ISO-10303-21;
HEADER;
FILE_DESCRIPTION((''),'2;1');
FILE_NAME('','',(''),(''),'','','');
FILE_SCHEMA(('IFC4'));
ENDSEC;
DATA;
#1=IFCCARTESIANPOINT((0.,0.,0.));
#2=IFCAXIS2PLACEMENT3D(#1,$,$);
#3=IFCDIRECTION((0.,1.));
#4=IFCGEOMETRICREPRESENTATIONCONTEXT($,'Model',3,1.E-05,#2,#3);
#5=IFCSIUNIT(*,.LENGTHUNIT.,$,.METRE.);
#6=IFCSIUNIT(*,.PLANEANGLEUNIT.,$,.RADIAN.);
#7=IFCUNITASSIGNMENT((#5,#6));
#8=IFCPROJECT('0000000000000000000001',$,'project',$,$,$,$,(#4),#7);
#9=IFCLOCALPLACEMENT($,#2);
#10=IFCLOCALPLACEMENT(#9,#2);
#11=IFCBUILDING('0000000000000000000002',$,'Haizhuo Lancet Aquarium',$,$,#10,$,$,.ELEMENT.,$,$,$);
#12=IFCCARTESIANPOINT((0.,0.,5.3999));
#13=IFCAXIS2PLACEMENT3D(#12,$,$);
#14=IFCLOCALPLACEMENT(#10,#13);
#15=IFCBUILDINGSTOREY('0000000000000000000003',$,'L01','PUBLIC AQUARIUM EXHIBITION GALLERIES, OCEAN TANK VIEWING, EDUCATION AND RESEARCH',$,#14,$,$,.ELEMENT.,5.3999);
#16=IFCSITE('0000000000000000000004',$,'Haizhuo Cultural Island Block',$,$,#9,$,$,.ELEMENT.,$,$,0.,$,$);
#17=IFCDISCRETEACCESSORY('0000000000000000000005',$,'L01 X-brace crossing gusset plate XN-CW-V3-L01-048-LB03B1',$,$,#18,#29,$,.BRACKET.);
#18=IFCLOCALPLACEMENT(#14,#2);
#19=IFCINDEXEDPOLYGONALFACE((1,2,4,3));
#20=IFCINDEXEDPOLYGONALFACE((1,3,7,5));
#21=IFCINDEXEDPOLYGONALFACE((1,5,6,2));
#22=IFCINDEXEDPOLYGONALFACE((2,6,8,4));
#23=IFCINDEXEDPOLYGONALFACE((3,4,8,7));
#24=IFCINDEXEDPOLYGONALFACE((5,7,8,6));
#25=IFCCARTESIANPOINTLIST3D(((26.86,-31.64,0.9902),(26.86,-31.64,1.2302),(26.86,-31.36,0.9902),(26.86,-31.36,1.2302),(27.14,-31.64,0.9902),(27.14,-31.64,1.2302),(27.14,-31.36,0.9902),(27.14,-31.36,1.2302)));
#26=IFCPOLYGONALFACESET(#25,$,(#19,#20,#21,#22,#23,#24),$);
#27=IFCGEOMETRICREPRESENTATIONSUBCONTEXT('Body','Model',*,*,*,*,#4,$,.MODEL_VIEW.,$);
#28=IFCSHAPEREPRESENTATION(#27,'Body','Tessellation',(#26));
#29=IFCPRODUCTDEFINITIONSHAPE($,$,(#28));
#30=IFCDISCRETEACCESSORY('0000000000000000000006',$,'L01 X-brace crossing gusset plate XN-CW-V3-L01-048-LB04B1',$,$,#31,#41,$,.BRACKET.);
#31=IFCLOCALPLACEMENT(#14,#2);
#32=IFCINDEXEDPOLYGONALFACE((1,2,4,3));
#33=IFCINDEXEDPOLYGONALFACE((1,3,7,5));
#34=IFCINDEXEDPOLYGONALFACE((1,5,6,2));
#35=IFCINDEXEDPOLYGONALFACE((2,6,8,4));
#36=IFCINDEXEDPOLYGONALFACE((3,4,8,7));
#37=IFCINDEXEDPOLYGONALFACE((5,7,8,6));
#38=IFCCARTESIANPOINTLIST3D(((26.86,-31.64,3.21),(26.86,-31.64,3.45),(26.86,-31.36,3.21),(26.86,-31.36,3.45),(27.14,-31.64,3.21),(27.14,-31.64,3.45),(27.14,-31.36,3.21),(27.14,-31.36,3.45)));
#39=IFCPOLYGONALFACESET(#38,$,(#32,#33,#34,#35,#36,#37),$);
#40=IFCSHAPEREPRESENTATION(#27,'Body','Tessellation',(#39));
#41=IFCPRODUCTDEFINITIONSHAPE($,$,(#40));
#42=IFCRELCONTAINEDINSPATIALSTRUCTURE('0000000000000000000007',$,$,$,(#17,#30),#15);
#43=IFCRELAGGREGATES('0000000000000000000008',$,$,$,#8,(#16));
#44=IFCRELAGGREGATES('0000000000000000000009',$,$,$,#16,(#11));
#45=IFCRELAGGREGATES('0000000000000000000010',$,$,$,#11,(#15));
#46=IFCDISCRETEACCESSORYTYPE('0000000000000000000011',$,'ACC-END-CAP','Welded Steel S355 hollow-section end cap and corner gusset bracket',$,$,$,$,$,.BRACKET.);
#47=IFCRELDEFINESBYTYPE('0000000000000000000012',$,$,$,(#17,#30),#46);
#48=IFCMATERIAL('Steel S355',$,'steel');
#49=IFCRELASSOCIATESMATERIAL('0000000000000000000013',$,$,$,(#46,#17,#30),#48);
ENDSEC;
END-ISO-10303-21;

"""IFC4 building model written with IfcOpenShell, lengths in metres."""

from ifc_helpers import new_model, si_unit, direction, frame, origin, origin_2d, place, context, subcontext, project, spatial, rectangle, extrude, material, type_object, element, save


model = new_model("IFC4")

# Units and contexts
model_context = context("Model", 3, precision=1e-05, world=origin(), true_north=direction((0.0, 1.0)))
body_context = subcontext(model_context, "Body", "Model", "MODEL_VIEW")
ifc_project = project(units=[si_unit("LENGTHUNIT", "METRE"), si_unit("PLANEANGLEUNIT", "RADIAN")], contexts=[model_context])

# Site, building, storey
site_placement = place(None, origin())
site = spatial("IfcSite", under=ifc_project, at=site_placement, Name="Haizhuo Cultural Island Block", CompositionType="ELEMENT", RefElevation=0.0)
building_placement = place(site_placement, origin())
building = spatial("IfcBuilding", under=site, at=building_placement, Name="Haizhuo Lancet Aquarium", CompositionType="ELEMENT")
storey_placement = place(building_placement, frame((0.0, 0.0, 5.3999)))
storey = spatial("IfcBuildingStorey", under=building, at=storey_placement, Name="L01", Description="PUBLIC AQUARIUM EXHIBITION GALLERIES, OCEAN TANK VIEWING, EDUCATION AND RESEARCH", CompositionType="ELEMENT", Elevation=5.3999)

# Shared definitions
ifc_material_1 = material(Name="Steel S355", Category="steel")

# Discrete accessories
discrete_accessory_type = type_object("IfcDiscreteAccessoryType", Name="ACC-END-CAP", Description="Welded Steel S355 hollow-section end cap and corner gusset bracket", PredefinedType="BRACKET", material=ifc_material_1)
for number, where, z_axis, x_axis, name in (
    (1, (27.0, -31.5, 0.9902), (0.0, 0.0, 1.0), (1.0, 0.0, 0.0), "L01 X-brace crossing gusset plate XN-CW-V3-L01-048-LB03B1"),
    (2, (27.0, -31.5, 3.21), (0.0, 0.0, 1.0), (1.0, 0.0, 0.0), "L01 X-brace crossing gusset plate XN-CW-V3-L01-048-LB04B1"),
):
    element("IfcDiscreteAccessory", number, at=place(storey_placement, frame(where, z_axis=z_axis, x_axis=x_axis)), inside=storey, type_object=discrete_accessory_type, material=ifc_material_1, Name=name, PredefinedType="BRACKET", context=body_context, shape_type="SweptSolid", body=[
        extrude(rectangle(XDim=0.28, YDim=0.28, at=origin_2d()), origin(), (0.0, 0.0, 1.0), 0.24),
    ])

save(model, "model.ifc")
